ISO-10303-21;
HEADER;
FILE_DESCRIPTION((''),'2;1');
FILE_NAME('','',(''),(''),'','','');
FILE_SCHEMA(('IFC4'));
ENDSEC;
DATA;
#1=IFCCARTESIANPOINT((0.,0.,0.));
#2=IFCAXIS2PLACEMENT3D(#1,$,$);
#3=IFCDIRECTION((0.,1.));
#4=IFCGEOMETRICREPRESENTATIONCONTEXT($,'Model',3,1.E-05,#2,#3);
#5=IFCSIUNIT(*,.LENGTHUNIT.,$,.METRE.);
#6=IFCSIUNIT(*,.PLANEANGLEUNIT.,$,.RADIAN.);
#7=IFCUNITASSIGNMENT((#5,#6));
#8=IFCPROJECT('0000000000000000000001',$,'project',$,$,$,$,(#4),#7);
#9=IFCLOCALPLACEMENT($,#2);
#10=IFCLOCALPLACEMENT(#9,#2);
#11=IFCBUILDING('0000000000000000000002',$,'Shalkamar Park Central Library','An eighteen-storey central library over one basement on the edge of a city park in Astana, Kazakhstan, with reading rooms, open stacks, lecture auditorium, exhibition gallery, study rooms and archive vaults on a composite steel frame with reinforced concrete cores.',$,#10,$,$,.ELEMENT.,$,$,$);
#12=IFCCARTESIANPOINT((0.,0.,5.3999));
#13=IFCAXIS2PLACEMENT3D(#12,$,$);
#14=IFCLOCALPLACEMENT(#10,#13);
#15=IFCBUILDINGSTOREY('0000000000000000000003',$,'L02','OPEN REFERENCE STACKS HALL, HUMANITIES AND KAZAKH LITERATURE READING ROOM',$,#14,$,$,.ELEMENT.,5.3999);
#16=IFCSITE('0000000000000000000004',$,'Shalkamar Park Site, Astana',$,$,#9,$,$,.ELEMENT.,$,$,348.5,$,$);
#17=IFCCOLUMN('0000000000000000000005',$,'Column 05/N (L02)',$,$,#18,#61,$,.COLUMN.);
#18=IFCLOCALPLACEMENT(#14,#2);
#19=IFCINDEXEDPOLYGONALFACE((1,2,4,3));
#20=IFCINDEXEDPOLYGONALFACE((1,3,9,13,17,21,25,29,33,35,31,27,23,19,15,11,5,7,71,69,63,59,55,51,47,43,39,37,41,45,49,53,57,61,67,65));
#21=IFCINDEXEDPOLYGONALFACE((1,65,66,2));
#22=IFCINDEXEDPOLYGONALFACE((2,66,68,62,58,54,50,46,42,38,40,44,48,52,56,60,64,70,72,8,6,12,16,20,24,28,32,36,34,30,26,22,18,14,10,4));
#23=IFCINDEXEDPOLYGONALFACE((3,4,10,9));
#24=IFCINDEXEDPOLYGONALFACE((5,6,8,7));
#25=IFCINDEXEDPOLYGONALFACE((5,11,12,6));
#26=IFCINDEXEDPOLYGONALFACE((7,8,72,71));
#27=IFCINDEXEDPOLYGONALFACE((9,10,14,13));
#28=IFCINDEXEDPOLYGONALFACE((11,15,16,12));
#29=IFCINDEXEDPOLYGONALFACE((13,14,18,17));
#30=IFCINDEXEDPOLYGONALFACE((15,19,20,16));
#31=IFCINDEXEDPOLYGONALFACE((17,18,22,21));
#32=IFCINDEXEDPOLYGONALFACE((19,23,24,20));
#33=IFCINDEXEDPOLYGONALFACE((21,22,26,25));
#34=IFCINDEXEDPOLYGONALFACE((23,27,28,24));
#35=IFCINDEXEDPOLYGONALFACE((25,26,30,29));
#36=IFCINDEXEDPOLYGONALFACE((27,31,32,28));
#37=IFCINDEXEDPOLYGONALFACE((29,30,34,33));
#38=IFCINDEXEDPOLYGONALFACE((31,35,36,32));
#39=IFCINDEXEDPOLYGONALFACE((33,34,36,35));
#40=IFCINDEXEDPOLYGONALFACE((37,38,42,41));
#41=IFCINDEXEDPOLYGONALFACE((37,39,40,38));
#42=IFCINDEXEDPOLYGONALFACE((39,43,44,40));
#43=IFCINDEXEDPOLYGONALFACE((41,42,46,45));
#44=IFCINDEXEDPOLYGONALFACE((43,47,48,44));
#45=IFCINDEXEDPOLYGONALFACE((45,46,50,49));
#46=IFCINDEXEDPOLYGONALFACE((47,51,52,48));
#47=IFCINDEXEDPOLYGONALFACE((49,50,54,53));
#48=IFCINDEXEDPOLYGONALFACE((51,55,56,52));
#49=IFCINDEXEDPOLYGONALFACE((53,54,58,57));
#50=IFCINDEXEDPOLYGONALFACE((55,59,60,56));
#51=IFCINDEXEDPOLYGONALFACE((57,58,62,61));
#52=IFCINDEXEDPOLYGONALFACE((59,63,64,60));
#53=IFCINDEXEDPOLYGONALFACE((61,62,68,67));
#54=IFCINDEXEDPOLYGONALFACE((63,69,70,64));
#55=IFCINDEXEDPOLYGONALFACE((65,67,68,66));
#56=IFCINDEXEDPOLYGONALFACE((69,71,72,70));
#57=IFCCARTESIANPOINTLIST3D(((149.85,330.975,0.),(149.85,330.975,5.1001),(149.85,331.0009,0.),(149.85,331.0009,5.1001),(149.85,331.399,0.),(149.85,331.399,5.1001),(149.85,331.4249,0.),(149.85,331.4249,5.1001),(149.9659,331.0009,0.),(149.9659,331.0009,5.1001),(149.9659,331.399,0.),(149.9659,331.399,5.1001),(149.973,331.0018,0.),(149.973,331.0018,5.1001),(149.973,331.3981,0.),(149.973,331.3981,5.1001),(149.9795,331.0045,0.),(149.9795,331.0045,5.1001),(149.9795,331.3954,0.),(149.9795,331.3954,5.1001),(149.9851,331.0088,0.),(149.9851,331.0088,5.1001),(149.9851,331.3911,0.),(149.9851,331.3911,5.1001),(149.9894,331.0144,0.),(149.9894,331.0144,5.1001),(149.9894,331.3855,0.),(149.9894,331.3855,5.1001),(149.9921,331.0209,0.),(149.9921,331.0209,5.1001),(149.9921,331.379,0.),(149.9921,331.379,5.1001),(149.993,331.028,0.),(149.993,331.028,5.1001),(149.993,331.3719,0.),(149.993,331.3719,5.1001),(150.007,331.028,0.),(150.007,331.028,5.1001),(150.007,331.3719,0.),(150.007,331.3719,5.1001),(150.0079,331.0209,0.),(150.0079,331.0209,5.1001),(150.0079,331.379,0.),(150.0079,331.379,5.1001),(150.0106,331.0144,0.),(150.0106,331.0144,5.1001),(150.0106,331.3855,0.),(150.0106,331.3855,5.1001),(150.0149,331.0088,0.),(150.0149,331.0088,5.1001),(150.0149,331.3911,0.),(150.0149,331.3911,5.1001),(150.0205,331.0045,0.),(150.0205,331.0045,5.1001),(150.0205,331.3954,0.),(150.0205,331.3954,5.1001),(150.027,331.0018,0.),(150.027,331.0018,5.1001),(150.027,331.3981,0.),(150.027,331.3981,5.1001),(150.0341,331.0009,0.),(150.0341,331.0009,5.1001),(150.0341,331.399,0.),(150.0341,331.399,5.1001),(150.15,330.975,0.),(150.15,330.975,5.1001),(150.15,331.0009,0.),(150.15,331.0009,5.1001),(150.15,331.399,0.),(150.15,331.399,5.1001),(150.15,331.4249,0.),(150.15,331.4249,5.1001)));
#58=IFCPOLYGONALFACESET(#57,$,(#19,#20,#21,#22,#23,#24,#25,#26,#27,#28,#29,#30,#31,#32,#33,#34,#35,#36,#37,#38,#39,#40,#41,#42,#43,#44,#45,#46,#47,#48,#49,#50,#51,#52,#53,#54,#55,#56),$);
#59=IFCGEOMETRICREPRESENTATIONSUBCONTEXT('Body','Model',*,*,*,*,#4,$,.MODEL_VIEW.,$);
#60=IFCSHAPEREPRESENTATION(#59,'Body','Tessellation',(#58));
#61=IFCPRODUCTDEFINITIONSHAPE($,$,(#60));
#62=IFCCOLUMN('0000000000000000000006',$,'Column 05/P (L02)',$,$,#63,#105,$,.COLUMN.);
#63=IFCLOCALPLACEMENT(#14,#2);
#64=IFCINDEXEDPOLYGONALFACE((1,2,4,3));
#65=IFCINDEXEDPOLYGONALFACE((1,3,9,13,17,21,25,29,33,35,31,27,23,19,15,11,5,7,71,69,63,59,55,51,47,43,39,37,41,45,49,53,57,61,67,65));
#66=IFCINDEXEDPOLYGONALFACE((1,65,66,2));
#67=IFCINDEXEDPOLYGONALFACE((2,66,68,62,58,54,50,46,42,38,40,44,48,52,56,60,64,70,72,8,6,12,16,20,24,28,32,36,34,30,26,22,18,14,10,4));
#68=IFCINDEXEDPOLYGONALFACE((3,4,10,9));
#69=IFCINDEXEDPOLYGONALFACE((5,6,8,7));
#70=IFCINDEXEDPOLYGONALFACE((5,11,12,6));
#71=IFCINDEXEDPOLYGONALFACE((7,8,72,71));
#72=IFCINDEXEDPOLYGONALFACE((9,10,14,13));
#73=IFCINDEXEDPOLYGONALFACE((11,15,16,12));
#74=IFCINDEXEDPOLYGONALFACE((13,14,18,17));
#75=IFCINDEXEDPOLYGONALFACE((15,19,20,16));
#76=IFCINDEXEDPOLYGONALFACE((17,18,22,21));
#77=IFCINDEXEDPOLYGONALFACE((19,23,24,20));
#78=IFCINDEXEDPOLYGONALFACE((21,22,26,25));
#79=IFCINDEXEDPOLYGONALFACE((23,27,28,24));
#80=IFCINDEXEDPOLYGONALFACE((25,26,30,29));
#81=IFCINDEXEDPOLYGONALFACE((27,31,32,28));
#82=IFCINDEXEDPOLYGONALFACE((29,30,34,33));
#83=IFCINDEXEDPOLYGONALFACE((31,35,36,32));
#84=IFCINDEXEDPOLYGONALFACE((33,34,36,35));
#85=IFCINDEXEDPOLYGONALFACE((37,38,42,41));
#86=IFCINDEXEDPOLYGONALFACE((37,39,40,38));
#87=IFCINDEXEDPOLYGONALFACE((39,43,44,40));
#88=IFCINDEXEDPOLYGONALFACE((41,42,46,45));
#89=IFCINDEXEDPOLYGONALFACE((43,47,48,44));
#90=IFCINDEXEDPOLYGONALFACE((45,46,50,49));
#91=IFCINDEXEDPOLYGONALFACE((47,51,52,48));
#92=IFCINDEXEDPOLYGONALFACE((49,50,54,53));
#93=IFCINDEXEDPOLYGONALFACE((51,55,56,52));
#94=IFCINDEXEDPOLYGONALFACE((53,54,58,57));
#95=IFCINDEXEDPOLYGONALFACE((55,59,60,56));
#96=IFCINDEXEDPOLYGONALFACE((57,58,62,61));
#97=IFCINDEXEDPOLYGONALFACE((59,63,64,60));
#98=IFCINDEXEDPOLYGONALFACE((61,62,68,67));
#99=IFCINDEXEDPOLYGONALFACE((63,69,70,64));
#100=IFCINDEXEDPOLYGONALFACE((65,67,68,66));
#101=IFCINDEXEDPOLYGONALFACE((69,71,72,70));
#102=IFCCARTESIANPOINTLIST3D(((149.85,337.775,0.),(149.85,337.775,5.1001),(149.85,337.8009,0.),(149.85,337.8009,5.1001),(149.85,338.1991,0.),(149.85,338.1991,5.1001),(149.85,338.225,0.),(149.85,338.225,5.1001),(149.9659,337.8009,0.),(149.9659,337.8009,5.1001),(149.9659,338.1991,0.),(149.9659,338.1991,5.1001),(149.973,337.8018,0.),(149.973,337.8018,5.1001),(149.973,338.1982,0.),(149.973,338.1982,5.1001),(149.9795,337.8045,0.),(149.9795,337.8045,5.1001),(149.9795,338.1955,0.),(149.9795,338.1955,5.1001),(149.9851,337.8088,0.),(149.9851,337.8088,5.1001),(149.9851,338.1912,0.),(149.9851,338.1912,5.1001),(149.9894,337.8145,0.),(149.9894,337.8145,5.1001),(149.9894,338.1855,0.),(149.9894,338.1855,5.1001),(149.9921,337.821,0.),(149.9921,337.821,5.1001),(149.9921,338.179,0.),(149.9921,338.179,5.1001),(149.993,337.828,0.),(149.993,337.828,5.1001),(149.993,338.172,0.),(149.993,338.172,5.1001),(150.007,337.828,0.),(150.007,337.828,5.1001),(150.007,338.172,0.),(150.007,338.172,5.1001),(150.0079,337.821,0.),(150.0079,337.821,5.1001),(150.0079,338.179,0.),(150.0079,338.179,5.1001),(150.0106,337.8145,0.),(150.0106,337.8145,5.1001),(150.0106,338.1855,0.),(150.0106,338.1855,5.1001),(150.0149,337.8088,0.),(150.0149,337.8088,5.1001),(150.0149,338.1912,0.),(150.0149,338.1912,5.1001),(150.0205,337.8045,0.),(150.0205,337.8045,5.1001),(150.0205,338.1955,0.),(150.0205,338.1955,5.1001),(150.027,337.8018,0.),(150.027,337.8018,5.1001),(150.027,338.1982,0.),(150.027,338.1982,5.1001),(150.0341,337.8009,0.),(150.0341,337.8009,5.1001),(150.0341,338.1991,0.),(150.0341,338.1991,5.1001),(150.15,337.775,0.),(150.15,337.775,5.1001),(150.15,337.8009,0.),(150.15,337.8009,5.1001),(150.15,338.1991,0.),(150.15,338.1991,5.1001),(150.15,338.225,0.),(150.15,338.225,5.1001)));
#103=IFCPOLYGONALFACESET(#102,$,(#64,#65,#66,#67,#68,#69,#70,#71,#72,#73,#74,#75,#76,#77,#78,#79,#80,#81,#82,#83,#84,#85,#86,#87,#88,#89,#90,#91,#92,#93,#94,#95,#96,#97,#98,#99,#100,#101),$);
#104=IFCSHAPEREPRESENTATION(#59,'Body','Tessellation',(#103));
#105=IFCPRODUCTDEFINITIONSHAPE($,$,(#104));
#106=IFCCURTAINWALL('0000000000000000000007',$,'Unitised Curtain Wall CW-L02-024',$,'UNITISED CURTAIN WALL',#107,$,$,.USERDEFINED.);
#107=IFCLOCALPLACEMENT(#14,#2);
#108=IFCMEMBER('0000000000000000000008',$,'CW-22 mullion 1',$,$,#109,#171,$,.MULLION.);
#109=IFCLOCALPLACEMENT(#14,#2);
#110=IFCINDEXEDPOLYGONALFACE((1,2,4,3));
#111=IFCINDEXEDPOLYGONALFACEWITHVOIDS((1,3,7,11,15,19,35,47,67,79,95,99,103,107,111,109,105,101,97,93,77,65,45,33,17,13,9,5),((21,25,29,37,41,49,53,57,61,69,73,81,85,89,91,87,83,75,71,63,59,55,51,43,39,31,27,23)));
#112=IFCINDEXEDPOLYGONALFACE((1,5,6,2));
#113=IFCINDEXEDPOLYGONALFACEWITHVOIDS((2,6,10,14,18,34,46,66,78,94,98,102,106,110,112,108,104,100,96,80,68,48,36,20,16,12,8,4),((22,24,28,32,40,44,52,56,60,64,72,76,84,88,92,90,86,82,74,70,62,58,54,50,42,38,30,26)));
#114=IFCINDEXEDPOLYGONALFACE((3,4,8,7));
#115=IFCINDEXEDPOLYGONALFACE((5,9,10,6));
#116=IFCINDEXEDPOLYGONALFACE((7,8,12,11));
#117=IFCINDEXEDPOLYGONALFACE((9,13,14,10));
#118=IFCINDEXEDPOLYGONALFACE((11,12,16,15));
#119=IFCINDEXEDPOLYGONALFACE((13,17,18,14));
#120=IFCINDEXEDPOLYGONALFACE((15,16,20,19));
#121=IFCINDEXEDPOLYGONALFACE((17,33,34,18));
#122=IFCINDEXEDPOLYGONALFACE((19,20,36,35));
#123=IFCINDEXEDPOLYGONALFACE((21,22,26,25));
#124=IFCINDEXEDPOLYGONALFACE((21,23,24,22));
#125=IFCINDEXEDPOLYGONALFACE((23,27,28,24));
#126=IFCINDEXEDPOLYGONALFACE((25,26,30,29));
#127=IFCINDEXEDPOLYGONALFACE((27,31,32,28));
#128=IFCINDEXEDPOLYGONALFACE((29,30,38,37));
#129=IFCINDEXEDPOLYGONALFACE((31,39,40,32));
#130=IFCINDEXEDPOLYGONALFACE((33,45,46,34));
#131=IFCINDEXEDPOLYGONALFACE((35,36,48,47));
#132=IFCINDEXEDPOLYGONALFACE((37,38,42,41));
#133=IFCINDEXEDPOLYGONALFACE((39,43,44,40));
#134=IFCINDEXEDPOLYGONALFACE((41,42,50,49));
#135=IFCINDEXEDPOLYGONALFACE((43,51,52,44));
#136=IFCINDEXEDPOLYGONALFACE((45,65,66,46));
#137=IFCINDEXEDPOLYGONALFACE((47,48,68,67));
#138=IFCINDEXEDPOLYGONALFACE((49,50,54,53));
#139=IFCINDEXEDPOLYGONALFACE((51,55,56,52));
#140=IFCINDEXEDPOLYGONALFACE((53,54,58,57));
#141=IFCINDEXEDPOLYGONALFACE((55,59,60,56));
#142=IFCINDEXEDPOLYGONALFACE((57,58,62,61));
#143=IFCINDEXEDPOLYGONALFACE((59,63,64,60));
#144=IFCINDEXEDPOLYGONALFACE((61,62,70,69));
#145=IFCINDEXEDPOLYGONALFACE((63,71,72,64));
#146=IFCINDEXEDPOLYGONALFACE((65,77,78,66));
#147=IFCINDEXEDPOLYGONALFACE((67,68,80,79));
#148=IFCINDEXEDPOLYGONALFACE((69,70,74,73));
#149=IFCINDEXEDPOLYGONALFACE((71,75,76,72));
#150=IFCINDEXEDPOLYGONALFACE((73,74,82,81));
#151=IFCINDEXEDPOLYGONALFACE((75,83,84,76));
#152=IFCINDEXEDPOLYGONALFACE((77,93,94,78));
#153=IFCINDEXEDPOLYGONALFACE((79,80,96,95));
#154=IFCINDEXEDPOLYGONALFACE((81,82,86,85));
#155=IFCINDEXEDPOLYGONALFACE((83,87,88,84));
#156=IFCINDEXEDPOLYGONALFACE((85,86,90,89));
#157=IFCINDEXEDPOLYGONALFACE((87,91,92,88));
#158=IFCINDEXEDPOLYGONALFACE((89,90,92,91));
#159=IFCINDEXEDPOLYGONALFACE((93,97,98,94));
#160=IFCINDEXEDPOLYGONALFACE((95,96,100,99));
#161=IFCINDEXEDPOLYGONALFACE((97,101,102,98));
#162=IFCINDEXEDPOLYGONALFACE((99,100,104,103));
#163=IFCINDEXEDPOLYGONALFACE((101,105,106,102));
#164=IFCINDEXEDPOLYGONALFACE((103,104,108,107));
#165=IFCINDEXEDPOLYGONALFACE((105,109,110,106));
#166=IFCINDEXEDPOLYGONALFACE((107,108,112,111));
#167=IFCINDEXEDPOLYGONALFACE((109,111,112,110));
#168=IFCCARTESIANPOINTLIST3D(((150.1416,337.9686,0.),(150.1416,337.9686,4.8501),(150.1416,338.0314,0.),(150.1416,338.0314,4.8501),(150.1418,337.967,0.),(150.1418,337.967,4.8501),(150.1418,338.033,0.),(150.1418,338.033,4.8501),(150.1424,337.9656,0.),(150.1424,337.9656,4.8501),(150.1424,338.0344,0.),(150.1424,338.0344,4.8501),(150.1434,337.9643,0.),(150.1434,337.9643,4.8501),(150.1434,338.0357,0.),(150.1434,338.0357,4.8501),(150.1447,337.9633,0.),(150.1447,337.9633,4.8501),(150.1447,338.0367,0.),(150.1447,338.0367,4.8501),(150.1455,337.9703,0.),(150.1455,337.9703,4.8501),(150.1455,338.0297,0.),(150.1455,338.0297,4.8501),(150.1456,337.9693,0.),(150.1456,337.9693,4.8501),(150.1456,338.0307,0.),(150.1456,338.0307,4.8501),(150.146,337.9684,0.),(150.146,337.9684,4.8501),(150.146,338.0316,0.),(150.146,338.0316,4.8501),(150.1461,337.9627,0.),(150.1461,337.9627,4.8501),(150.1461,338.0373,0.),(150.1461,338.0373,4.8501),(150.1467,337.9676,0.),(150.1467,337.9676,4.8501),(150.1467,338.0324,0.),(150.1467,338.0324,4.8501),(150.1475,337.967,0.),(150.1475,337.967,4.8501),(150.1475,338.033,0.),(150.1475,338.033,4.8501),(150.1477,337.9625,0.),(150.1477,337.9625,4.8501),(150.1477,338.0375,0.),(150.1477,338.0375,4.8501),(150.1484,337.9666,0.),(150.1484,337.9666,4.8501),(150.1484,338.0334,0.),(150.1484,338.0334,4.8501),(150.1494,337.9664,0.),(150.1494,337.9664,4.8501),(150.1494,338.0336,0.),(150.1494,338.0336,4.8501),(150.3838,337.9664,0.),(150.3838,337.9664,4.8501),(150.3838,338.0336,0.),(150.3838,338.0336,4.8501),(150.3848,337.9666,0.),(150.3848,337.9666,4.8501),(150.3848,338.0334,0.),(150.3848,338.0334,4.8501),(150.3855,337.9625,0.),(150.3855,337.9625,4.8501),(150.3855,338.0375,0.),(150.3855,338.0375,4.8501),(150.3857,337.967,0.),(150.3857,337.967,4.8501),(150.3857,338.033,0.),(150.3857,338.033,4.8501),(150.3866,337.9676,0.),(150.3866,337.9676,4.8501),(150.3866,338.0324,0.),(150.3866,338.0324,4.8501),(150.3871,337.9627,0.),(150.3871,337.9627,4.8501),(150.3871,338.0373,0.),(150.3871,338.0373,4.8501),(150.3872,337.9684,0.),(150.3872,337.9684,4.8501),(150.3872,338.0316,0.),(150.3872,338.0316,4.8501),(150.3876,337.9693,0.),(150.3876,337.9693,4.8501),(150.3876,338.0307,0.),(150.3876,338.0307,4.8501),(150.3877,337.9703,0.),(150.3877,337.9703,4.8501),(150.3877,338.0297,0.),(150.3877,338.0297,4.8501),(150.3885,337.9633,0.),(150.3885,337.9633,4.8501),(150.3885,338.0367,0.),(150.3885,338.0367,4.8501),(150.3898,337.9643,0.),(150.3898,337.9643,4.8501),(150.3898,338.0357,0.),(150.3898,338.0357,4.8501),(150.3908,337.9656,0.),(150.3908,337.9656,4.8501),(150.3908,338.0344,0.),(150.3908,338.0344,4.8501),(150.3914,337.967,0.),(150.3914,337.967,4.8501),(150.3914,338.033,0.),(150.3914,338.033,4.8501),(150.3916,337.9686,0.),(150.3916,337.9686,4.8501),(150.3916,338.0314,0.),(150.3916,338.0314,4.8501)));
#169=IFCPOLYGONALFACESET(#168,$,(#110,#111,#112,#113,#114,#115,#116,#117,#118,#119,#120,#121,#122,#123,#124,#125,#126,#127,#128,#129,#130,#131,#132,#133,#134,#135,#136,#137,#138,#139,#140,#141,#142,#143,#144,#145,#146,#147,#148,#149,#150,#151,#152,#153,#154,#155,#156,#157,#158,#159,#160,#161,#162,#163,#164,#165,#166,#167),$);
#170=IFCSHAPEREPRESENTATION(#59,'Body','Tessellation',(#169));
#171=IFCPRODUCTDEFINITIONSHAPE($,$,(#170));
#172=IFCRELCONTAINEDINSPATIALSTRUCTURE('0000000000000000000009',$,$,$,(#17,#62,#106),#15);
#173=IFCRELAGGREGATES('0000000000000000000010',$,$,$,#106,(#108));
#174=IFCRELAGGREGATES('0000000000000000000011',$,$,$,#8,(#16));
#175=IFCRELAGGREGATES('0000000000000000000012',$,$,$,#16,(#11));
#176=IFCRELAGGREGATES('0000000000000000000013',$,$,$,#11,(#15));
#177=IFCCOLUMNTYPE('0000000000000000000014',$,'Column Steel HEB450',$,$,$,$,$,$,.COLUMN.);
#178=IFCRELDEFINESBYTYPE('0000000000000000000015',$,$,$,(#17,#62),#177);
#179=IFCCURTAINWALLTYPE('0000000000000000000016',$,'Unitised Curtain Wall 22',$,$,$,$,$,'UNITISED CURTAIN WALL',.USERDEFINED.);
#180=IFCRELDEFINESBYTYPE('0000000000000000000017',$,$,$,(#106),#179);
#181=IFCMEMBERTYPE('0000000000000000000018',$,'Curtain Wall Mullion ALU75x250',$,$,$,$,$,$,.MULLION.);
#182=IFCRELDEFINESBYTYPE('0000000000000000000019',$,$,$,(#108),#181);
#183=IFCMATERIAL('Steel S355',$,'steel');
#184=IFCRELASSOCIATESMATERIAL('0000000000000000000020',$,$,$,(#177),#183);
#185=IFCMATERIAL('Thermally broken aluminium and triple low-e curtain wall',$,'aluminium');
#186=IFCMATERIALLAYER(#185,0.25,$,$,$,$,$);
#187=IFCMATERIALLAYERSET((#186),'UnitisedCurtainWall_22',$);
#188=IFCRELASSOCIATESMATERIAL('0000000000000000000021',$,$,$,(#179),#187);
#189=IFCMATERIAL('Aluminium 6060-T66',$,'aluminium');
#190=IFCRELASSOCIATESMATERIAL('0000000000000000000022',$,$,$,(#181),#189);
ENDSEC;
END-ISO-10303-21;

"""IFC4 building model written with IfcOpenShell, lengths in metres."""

from ifc_helpers import new_model, si_unit, direction, frame, origin, origin_2d, place, context, subcontext, project, spatial, hollow_rectangle, i_section, extrude, material, layer, layer_set, material_profile, profile_set, type_object, element, aggregate, save


model = new_model("IFC4")

# Units and contexts
model_context = context("Model", 3, precision=1e-05, world=origin(), true_north=direction((0.0, 1.0)))
body_context = subcontext(model_context, "Body", "Model", "MODEL_VIEW")
ifc_project = project(units=[si_unit("LENGTHUNIT", "METRE"), si_unit("PLANEANGLEUNIT", "RADIAN")], contexts=[model_context])

# Site, building, storey
site_placement = place(None, origin())
site = spatial("IfcSite", under=ifc_project, at=site_placement, Name="Shalkamar Park Site, Astana", CompositionType="ELEMENT", RefElevation=348.5)
building_placement = place(site_placement, origin())
building = spatial("IfcBuilding", under=site, at=building_placement, Name="Shalkamar Park Central Library", Description="An eighteen-storey central library over one basement on the edge of a city park in Astana, Kazakhstan, with reading rooms, open stacks, lecture auditorium, exhibition gallery, study rooms and archive vaults on a composite steel frame with reinforced concrete cores.", CompositionType="ELEMENT")
storey_placement = place(building_placement, frame((0.0, 0.0, 5.3999)))
storey = spatial("IfcBuildingStorey", under=building, at=storey_placement, Name="L02", Description="OPEN REFERENCE STACKS HALL, HUMANITIES AND KAZAKH LITERATURE READING ROOM", CompositionType="ELEMENT", Elevation=5.3999)

# Columns
ifc_material_1 = material(Name="Steel S355", Category="steel")
ifc_material_profile_1 = material_profile(ifc_material_1, i_section(OverallWidth=0.3, OverallDepth=0.45, WebThickness=0.0139, FlangeThickness=0.0259, FilletRadius=0.0271, at=origin_2d()), Name="HEB 450")
ifc_profile_set_1 = profile_set([ifc_material_profile_1], Name="Steel S355")
column_type = type_object("IfcColumnType", Name="Column Steel HEB450", PredefinedType="COLUMN", material=ifc_profile_set_1)
for number, where, z_axis, x_axis, name in (
    (1, (150.0, 331.2, 0.0), (0.0, 0.0, 1.0), (1.0, 0.0, 0.0), "Column 05/N (L02)"),
    (2, (150.0, 338.0, 0.0), (0.0, 0.0, 1.0), (1.0, 0.0, 0.0), "Column 05/P (L02)"),
):
    element("IfcColumn", number, at=place(storey_placement, frame(where, z_axis=z_axis, x_axis=x_axis)), inside=storey, type_object=column_type, Name=name, PredefinedType="COLUMN", context=body_context, shape_type="SweptSolid", body=[
        extrude(i_section(OverallWidth=0.3, OverallDepth=0.45, WebThickness=0.0139, FlangeThickness=0.0259, FilletRadius=0.0271, at=origin_2d()), origin(), (0.0, 0.0, 1.0), 5.1001),
    ])

# Curtain wall, member
ifc_material_2 = material(Name="Thermally broken aluminium and triple low-e curtain wall", Category="aluminium")
ifc_layer_1 = layer(ifc_material_2, 0.25)
ifc_layer_set_1 = layer_set([ifc_layer_1], Name="UnitisedCurtainWall_22")
curtain_wall_type_1 = type_object("IfcCurtainWallType", Name="Unitised Curtain Wall 22", ElementType="UNITISED CURTAIN WALL", PredefinedType="USERDEFINED", material=ifc_layer_set_1)
curtain_wall_1_placement = place(storey_placement, origin())
curtain_wall_1 = element("IfcCurtainWall", 3, at=curtain_wall_1_placement, inside=storey, type_object=curtain_wall_type_1, Name="Unitised Curtain Wall CW-L02-024", ObjectType="UNITISED CURTAIN WALL", PredefinedType="USERDEFINED")
ifc_material_3 = material(Name="Aluminium 6060-T66", Category="aluminium")
ifc_material_profile_2 = material_profile(ifc_material_3, hollow_rectangle(XDim=0.075, YDim=0.25, WallThickness=0.0039, InnerFilletRadius=0.0039, OuterFilletRadius=0.0061, at=origin_2d()), Name="ALU 75x250x4")
ifc_profile_set_2 = profile_set([ifc_material_profile_2], Name="Aluminium 6060-T66")
member_type_1 = type_object("IfcMemberType", Name="Curtain Wall Mullion ALU75x250", PredefinedType="MULLION", material=ifc_profile_set_2)
member_1_placement = place(storey_placement, frame((150.2666, 338.0, 0.0), z_axis=(0.0, 0.0, 1.0), x_axis=(0.0, 1.0, 0.0)))
member_1 = element("IfcMember", 4, at=member_1_placement, type_object=member_type_1, Name="CW-22 mullion 1", PredefinedType="MULLION", context=body_context, shape_type="SweptSolid", body=[
    extrude(hollow_rectangle(XDim=0.075, YDim=0.25, WallThickness=0.0039, InnerFilletRadius=0.0039, OuterFilletRadius=0.0061, at=origin_2d()), origin(), (0.0, 0.0, 1.0), 4.8501),
])

aggregate(curtain_wall_1, [member_1])

save(model, "model.ifc")
